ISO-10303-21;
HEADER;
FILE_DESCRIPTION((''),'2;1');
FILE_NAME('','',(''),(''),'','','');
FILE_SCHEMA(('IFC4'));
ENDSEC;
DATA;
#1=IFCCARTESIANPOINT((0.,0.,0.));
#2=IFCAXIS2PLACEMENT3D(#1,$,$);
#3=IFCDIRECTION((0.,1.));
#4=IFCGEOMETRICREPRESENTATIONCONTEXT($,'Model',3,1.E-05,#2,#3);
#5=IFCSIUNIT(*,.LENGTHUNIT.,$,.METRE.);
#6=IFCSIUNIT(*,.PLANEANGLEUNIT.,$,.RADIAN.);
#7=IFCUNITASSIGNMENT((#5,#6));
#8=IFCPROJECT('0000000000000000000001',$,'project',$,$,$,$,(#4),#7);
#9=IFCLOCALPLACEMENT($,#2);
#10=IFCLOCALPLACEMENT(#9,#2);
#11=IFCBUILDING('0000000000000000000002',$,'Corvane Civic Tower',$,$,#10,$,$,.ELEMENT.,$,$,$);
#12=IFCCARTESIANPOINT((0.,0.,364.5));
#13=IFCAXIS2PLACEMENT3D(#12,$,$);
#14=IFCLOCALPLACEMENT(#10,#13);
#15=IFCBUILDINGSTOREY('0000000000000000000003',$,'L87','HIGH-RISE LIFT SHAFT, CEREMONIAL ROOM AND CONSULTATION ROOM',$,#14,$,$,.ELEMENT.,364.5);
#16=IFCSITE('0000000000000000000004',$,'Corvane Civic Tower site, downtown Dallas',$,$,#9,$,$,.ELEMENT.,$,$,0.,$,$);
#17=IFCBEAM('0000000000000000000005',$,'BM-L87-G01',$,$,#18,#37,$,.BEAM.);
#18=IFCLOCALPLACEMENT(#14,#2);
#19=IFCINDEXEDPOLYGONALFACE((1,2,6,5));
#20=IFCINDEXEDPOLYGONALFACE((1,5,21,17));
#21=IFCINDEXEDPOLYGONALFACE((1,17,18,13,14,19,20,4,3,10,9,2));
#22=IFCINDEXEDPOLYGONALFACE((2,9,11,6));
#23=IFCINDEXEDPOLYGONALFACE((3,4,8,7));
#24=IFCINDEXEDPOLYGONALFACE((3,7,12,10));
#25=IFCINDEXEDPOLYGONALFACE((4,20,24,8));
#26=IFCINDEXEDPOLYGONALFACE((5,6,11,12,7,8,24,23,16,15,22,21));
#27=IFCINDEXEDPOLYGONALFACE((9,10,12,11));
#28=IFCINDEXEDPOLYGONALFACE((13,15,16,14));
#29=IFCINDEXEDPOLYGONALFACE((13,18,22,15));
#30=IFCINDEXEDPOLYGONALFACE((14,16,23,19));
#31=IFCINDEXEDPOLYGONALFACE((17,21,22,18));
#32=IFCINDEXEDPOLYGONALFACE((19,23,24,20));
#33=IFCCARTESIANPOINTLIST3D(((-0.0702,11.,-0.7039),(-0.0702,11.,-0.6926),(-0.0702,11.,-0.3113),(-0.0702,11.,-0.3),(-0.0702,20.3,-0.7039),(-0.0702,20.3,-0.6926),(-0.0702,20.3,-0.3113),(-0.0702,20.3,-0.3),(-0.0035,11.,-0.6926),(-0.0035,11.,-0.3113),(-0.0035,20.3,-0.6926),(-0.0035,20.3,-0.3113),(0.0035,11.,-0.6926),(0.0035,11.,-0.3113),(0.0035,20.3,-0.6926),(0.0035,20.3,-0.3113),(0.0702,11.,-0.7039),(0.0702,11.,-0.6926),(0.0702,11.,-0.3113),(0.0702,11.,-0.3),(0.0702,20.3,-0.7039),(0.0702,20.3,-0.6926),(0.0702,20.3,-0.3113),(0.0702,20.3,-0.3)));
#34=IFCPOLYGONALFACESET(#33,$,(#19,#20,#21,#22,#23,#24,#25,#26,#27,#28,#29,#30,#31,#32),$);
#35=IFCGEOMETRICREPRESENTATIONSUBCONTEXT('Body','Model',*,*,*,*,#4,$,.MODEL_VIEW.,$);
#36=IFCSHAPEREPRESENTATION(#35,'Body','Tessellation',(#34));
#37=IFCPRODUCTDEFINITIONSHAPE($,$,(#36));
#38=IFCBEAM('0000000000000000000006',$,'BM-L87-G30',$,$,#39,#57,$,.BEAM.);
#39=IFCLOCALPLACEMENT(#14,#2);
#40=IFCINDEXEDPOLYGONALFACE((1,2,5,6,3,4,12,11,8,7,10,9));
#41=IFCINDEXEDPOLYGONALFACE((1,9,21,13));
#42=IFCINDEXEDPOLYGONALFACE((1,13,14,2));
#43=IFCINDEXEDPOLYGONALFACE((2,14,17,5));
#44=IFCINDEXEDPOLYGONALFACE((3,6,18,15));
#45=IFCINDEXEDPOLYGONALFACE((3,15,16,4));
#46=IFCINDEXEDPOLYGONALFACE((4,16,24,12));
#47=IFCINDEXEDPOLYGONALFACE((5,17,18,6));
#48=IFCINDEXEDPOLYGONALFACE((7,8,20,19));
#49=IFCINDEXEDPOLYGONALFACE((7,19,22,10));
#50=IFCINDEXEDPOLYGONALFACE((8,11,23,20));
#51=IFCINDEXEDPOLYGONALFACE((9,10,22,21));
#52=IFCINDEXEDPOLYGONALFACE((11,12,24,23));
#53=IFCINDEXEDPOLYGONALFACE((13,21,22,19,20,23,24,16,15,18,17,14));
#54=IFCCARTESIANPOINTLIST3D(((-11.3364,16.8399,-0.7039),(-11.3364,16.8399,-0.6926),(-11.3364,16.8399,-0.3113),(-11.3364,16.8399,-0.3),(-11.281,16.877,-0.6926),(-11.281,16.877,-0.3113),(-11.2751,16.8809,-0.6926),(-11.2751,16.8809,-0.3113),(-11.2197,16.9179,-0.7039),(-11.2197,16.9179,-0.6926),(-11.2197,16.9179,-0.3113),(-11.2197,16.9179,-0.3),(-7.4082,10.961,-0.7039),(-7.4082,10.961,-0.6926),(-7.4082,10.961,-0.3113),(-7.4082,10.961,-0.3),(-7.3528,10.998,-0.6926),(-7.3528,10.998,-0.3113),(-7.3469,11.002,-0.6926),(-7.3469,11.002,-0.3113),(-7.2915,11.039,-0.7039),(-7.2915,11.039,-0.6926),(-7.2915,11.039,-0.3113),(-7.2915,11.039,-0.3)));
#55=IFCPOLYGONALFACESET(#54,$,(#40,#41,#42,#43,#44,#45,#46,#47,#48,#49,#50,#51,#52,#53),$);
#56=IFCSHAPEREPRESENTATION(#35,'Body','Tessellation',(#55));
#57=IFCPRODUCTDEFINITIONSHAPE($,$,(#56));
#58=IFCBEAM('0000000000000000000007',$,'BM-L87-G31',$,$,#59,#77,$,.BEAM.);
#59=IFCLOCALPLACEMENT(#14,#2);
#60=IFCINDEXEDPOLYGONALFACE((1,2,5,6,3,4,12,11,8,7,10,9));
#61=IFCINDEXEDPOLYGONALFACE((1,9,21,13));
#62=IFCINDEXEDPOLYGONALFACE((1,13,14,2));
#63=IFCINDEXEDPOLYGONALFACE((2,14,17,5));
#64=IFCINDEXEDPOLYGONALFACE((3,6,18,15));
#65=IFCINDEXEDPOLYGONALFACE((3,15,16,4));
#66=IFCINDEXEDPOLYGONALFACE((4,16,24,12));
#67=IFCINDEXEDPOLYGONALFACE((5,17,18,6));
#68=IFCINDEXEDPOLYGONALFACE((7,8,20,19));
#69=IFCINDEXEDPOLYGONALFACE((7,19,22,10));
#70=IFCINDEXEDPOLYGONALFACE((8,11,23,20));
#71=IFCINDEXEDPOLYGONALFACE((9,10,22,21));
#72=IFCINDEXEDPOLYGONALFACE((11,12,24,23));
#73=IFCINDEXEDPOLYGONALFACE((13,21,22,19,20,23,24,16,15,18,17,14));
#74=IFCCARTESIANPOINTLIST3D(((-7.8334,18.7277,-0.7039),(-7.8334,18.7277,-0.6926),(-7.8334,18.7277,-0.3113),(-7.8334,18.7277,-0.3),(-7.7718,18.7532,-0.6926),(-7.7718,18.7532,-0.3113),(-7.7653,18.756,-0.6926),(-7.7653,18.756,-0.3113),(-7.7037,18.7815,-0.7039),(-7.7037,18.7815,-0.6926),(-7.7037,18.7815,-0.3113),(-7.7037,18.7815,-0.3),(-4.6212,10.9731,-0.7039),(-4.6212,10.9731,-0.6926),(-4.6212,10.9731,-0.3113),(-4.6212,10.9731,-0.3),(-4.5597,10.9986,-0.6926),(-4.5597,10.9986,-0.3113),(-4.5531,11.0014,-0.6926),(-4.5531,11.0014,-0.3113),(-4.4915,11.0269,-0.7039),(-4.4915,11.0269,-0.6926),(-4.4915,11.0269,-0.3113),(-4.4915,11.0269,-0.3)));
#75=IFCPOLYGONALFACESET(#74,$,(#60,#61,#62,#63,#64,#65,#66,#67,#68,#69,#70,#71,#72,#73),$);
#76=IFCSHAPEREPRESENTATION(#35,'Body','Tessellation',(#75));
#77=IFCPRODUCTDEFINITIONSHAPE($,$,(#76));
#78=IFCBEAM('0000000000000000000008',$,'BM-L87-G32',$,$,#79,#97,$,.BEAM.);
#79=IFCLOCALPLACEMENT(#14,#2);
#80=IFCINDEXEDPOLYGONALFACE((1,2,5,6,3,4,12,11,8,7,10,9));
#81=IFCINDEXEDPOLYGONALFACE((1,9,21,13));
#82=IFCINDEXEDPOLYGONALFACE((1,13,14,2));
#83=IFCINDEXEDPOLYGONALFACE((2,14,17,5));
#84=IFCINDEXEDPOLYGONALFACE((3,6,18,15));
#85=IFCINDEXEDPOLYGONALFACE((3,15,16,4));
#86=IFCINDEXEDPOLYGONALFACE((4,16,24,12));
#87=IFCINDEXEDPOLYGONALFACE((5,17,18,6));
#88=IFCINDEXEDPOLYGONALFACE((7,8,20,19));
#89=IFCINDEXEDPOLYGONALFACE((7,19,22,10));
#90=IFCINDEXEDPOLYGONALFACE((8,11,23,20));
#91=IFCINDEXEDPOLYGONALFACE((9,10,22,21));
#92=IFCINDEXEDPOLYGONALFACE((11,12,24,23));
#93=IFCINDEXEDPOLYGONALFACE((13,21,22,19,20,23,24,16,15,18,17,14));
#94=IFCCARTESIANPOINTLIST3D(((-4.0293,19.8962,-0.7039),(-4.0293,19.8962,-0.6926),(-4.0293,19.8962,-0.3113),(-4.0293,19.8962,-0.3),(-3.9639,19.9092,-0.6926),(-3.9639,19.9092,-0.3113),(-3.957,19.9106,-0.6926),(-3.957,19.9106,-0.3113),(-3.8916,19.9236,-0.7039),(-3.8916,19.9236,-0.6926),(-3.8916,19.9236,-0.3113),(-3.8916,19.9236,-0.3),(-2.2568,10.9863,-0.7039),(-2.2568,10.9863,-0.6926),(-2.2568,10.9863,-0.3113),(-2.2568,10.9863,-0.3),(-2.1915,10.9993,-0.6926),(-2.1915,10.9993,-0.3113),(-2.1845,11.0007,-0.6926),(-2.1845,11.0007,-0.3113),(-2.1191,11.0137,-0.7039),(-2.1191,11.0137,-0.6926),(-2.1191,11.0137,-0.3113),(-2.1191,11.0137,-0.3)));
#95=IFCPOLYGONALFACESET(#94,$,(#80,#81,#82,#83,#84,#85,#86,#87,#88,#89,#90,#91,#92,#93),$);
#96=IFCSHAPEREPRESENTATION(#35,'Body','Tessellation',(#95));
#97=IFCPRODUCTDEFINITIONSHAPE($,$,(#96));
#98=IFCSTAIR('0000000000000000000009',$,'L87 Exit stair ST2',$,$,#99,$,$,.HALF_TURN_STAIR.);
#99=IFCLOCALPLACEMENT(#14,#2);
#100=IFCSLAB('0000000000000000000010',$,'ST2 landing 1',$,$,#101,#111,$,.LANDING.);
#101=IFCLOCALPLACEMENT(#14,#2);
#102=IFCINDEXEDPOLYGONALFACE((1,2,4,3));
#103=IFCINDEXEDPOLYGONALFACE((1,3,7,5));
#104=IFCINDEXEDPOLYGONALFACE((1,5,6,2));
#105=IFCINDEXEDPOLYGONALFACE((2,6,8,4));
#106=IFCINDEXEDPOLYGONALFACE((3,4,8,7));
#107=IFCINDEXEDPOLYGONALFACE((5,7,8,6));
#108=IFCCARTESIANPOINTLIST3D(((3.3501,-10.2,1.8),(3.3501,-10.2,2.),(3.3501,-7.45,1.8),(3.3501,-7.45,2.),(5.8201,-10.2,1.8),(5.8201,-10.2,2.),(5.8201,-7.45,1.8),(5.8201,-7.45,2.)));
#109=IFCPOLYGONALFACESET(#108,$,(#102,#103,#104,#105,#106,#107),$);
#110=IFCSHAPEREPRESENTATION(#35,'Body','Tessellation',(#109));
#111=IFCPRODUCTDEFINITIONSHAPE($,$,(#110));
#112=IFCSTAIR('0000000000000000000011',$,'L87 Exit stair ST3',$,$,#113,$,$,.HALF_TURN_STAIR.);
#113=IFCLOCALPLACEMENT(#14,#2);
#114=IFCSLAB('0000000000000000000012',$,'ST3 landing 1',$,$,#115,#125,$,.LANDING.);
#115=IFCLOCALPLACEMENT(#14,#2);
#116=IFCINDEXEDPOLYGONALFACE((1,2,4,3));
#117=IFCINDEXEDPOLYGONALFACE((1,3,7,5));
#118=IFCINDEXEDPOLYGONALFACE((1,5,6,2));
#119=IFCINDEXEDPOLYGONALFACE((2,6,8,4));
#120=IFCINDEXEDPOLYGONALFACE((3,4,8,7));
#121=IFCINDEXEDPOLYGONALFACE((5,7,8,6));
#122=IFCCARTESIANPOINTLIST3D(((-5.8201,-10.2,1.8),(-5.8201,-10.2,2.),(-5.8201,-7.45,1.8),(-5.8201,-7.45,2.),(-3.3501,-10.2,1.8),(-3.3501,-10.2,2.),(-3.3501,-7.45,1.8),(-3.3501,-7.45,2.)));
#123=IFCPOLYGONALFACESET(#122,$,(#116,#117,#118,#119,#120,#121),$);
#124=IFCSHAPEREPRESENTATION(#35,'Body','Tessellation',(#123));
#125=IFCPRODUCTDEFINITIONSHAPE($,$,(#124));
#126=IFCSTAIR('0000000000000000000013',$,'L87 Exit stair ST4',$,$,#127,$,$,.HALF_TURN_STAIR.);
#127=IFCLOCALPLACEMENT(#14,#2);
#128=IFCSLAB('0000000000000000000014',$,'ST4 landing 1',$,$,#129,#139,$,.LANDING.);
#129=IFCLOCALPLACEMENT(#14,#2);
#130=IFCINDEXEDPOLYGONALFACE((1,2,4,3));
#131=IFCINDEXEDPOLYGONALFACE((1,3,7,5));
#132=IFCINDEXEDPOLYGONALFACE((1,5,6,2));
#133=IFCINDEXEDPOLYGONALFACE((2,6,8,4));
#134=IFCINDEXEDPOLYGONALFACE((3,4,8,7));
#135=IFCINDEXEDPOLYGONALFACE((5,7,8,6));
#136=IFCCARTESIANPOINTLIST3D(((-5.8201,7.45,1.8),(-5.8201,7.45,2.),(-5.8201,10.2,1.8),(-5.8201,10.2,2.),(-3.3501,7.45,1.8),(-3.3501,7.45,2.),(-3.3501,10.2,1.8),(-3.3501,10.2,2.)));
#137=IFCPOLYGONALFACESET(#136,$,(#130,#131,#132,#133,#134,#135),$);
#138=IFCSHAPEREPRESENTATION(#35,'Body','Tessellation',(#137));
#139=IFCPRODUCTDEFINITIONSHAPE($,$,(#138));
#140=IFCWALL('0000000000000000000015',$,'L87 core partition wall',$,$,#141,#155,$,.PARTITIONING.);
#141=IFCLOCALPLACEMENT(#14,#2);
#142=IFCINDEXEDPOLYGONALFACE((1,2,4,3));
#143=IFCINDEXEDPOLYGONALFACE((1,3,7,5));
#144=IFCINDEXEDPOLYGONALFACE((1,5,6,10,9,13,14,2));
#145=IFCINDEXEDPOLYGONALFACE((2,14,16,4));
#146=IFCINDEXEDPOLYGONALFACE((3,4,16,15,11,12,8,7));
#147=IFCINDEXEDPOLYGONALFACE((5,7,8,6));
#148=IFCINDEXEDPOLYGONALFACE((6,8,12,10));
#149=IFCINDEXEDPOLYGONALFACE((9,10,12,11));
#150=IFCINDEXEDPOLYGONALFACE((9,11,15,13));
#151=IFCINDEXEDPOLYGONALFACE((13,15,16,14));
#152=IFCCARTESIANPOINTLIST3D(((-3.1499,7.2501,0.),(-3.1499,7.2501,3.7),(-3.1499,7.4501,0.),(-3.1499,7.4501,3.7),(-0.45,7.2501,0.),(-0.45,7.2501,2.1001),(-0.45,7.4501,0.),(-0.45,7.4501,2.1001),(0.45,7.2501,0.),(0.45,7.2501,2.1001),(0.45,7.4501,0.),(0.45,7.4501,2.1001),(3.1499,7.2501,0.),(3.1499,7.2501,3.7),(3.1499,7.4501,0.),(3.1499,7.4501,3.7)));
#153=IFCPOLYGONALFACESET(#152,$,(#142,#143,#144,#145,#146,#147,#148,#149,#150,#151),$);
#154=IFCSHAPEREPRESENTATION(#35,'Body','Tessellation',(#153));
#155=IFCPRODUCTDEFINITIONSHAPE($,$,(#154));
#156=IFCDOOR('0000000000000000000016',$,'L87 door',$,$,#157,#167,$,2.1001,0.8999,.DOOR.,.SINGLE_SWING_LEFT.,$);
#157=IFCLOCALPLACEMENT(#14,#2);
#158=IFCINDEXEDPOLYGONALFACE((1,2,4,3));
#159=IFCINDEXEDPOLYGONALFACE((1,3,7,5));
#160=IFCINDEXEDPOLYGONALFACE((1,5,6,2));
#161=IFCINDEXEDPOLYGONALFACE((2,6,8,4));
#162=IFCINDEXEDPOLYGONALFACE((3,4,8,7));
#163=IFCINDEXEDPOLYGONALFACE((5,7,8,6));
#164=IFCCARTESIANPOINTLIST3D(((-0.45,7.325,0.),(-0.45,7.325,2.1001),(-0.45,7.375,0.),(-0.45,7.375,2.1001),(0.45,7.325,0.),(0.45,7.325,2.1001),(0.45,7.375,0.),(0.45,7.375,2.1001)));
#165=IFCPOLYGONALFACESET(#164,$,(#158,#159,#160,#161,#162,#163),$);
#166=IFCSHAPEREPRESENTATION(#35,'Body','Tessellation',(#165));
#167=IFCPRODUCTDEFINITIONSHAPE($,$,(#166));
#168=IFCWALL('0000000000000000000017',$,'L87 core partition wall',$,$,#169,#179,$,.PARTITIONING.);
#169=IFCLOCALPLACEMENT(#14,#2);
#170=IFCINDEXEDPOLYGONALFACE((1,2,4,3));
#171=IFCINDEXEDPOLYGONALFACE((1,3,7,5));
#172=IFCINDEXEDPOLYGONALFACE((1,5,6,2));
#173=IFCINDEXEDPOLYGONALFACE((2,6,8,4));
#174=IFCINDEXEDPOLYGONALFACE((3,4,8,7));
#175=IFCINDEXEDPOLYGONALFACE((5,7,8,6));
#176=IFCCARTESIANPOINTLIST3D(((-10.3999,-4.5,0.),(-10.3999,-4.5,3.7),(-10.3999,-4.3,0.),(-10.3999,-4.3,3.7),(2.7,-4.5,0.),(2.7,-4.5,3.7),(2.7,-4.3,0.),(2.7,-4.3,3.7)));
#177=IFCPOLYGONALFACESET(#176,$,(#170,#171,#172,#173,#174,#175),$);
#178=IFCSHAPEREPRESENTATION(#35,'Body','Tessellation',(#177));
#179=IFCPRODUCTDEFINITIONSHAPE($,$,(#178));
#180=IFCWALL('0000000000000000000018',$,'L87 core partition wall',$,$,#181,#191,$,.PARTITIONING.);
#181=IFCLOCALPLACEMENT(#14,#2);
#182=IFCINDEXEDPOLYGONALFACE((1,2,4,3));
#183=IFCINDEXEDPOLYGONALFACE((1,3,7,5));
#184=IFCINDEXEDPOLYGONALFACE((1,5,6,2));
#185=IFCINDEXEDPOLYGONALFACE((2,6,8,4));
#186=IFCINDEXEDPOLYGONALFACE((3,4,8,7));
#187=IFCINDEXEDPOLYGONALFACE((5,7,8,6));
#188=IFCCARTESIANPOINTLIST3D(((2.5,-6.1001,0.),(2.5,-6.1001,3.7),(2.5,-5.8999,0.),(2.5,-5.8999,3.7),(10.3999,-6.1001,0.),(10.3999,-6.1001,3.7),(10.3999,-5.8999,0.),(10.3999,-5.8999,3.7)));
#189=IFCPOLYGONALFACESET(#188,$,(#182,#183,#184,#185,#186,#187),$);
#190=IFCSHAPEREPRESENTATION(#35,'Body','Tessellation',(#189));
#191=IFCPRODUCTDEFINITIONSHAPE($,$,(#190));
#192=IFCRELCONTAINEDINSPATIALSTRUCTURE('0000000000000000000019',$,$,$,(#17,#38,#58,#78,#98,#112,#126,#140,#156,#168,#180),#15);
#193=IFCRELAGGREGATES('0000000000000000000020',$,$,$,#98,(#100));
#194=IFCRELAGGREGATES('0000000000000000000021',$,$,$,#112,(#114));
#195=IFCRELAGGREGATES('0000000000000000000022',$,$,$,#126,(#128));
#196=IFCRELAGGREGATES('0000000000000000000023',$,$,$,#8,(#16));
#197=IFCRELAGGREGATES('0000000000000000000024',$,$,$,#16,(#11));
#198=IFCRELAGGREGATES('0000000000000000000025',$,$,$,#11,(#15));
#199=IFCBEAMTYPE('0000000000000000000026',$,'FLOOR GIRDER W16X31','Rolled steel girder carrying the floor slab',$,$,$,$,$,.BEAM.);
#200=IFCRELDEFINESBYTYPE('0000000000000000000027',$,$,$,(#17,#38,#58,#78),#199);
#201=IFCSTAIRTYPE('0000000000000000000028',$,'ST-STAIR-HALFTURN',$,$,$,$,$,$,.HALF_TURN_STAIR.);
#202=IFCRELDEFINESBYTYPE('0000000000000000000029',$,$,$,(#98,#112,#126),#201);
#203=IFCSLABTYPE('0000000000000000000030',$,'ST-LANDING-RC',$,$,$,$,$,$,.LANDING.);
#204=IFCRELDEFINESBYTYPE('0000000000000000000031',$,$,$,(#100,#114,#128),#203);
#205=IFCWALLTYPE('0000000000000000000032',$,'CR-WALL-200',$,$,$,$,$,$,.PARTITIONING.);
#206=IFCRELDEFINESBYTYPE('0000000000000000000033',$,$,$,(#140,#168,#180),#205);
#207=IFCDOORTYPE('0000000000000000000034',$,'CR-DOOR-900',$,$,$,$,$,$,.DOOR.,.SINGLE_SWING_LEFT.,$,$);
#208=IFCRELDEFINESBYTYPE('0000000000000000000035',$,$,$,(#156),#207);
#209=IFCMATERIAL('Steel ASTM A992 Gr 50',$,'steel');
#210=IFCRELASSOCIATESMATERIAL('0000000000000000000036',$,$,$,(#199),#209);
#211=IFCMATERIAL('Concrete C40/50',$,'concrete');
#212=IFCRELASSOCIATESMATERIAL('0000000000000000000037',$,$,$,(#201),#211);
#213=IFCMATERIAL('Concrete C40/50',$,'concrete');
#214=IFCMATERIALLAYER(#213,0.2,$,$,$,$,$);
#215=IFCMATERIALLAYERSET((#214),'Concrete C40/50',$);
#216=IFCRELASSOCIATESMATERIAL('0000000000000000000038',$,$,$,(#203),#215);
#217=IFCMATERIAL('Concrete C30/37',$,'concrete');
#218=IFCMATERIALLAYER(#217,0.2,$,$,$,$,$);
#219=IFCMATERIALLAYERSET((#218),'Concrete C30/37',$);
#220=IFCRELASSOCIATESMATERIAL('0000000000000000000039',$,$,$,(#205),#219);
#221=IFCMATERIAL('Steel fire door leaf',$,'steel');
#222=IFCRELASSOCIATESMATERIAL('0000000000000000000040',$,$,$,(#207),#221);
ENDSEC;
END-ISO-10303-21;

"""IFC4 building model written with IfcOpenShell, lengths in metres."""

from ifc_helpers import new_model, si_unit, direction, frame, frame_2d, origin, origin_2d, place, context, subcontext, project, spatial, polyline, rectangle, i_section, outline, extrude, material, layer, layer_set, material_profile, profile_set, type_object, element, fill, aggregate, save


model = new_model("IFC4")

# Units and contexts
model_context = context("Model", 3, precision=1e-05, world=origin(), true_north=direction((0.0, 1.0)))
body_context = subcontext(model_context, "Body", "Model", "MODEL_VIEW")
ifc_project = project(units=[si_unit("LENGTHUNIT", "METRE"), si_unit("PLANEANGLEUNIT", "RADIAN")], contexts=[model_context])

# Site, building, storey
site_placement = place(None, origin())
site = spatial("IfcSite", under=ifc_project, at=site_placement, Name="Corvane Civic Tower site, downtown Dallas", CompositionType="ELEMENT", RefElevation=0.0)
building_placement = place(site_placement, origin())
building = spatial("IfcBuilding", under=site, at=building_placement, Name="Corvane Civic Tower", CompositionType="ELEMENT")
storey_placement = place(building_placement, frame((0.0, 0.0, 364.5)))
storey = spatial("IfcBuildingStorey", under=building, at=storey_placement, Name="L87", Description="HIGH-RISE LIFT SHAFT, CEREMONIAL ROOM AND CONSULTATION ROOM", CompositionType="ELEMENT", Elevation=364.5)

# Beams
ifc_material_1 = material(Name="Steel ASTM A992 Gr 50", Category="steel")
ifc_material_profile = material_profile(ifc_material_1, i_section(OverallWidth=0.1404, OverallDepth=0.4038, WebThickness=0.0071, FlangeThickness=0.0112, at=origin_2d()), Name="W16X31")
ifc_profile_set = profile_set([ifc_material_profile], Name="Steel ASTM A992 Gr 50")
beam_type = type_object("IfcBeamType", Name="FLOOR GIRDER W16X31", Description="Rolled steel girder carrying the floor slab", PredefinedType="BEAM", material=ifc_profile_set)
beam_1_placement = place(storey_placement, frame((0.0, 11.0, -0.502), z_axis=(0.0, 1.0, 0.0), x_axis=(-1.0, 0.0, 0.0)))
element("IfcBeam", 1, at=beam_1_placement, inside=storey, type_object=beam_type, Name="BM-L87-G01", PredefinedType="BEAM", context=body_context, shape_type="SweptSolid", body=[
    extrude(i_section(OverallWidth=0.1404, OverallDepth=0.4038, WebThickness=0.0071, FlangeThickness=0.0112, at=origin_2d()), origin(), (0.0, 0.0, 1.0), 9.3),
])
beam_2_placement = place(storey_placement, frame((-7.3499, 11.0, -0.502), z_axis=(-0.555576, 0.831465, 0.0), x_axis=(-0.831465, -0.555576, 0.0)))
element("IfcBeam", 2, at=beam_2_placement, inside=storey, type_object=beam_type, Name="BM-L87-G30", PredefinedType="BEAM", context=body_context, shape_type="SweptSolid", body=[
    extrude(i_section(OverallWidth=0.1404, OverallDepth=0.4038, WebThickness=0.0071, FlangeThickness=0.0112, at=origin_2d()), origin(), (0.0, 0.0, 1.0), 7.0706),
])
beam_3_placement = place(storey_placement, frame((-4.5564, 11.0, -0.502), z_axis=(-0.382692, 0.923876, 0.0), x_axis=(-0.923876, -0.382692, 0.0)))
element("IfcBeam", 3, at=beam_3_placement, inside=storey, type_object=beam_type, Name="BM-L87-G31", PredefinedType="BEAM", context=body_context, shape_type="SweptSolid", body=[
    extrude(i_section(OverallWidth=0.1404, OverallDepth=0.4038, WebThickness=0.0071, FlangeThickness=0.0112, at=origin_2d()), origin(), (0.0, 0.0, 1.0), 8.3936),
])
beam_4_placement = place(storey_placement, frame((-2.188, 11.0, -0.502), z_axis=(-0.195108, 0.980782, 0.0), x_axis=(-0.980782, -0.195108, 0.0)))
element("IfcBeam", 4, at=beam_4_placement, inside=storey, type_object=beam_type, Name="BM-L87-G32", PredefinedType="BEAM", context=body_context, shape_type="SweptSolid", body=[
    extrude(i_section(OverallWidth=0.1404, OverallDepth=0.4038, WebThickness=0.0071, FlangeThickness=0.0112, at=origin_2d()), origin(), (0.0, 0.0, 1.0), 9.0845),
])

# Stairs, slabs
ifc_material_2 = material(Name="Concrete C40/50", Category="concrete")
stair_type = type_object("IfcStairType", Name="ST-STAIR-HALFTURN", PredefinedType="HALF_TURN_STAIR", material=ifc_material_2)
stair_1_placement = place(storey_placement, origin())
stair_1 = element("IfcStair", 5, at=stair_1_placement, inside=storey, type_object=stair_type, Name="L87 Exit stair ST2", PredefinedType="HALF_TURN_STAIR")
ifc_material_3 = material(Name="Concrete C40/50", Category="concrete")
ifc_layer_1 = layer(ifc_material_3, 0.2)
ifc_layer_set_1 = layer_set([ifc_layer_1], Name="Concrete C40/50")
slab_type = type_object("IfcSlabType", Name="ST-LANDING-RC", PredefinedType="LANDING", material=ifc_layer_set_1)
slab_1_placement = place(storey_placement, frame((0.0, 0.0, 1.8)))
slab_1 = element("IfcSlab", 6, at=slab_1_placement, type_object=slab_type, Name="ST2 landing 1", PredefinedType="LANDING", context=body_context, shape_type="SweptSolid", body=[
    extrude(outline(polyline([(5.8201, -7.45), (3.3501, -7.45), (3.3501, -10.2), (5.8201, -10.2), (5.8201, -7.45)])), origin(), (0.0, 0.0, 1.0), 0.2),
])
aggregate(stair_1, [slab_1])
stair_2_placement = place(storey_placement, origin())
stair_2 = element("IfcStair", 7, at=stair_2_placement, inside=storey, type_object=stair_type, Name="L87 Exit stair ST3", PredefinedType="HALF_TURN_STAIR")
slab_2_placement = place(storey_placement, frame((0.0, 0.0, 1.8)))
slab_2 = element("IfcSlab", 8, at=slab_2_placement, type_object=slab_type, Name="ST3 landing 1", PredefinedType="LANDING", context=body_context, shape_type="SweptSolid", body=[
    extrude(outline(polyline([(-5.8201, -10.2), (-3.3501, -10.2), (-3.3501, -7.45), (-5.8201, -7.45), (-5.8201, -10.2)])), origin(), (0.0, 0.0, 1.0), 0.2),
])
aggregate(stair_2, [slab_2])
stair_3_placement = place(storey_placement, origin())
stair_3 = element("IfcStair", 9, at=stair_3_placement, inside=storey, type_object=stair_type, Name="L87 Exit stair ST4", PredefinedType="HALF_TURN_STAIR")
slab_3_placement = place(storey_placement, frame((0.0, 0.0, 1.8)))
slab_3 = element("IfcSlab", 10, at=slab_3_placement, type_object=slab_type, Name="ST4 landing 1", PredefinedType="LANDING", context=body_context, shape_type="SweptSolid", body=[
    extrude(outline(polyline([(-5.8201, 7.45), (-3.3501, 7.45), (-3.3501, 10.2), (-5.8201, 10.2), (-5.8201, 7.45)])), origin(), (0.0, 0.0, 1.0), 0.2),
])

# Wall, opening, door
ifc_material_4 = material(Name="Concrete C30/37", Category="concrete")
ifc_layer_2 = layer(ifc_material_4, 0.2)
ifc_layer_set_2 = layer_set([ifc_layer_2], Name="Concrete C30/37")
wall_type_1 = type_object("IfcWallType", Name="CR-WALL-200", PredefinedType="PARTITIONING", material=ifc_layer_set_2)
wall_1_placement = place(storey_placement, frame((-3.1499, 7.3501, 0.0), z_axis=(0.0, 0.0, 1.0), x_axis=(1.0, 0.0, 0.0)))
wall_1 = element("IfcWall", 11, at=wall_1_placement, inside=storey, type_object=wall_type_1, Name="L87 core partition wall", PredefinedType="PARTITIONING", context=body_context, shape_type="SweptSolid", body=[
    extrude(rectangle(XDim=6.2998, YDim=0.2, at=frame_2d((3.1499, 0.0))), origin(), (0.0, 0.0, 1.0), 3.7),
])
opening_placement = place(wall_1_placement, frame((2.7, 0.0, 0.0)))
opening = element("IfcOpeningElement", 12, at=opening_placement, cuts=wall_1, PredefinedType="OPENING", context=body_context, shape_type="SweptSolid", body=[
    extrude(rectangle(XDim=0.8999, YDim=2.1001, at=frame_2d((0.45, 1.05))), frame((0.0, 0.1099, 0.0), z_axis=(0.0, -1.0, 0.0), x_axis=(1.0, 0.0, 0.0)), (0.0, 0.0, 1.0), 0.22),
])
ifc_material_5 = material(Name="Steel fire door leaf", Category="steel")
door_type = type_object("IfcDoorType", Name="CR-DOOR-900", OperationType="SINGLE_SWING_LEFT", PredefinedType="DOOR", material=ifc_material_5)
door_placement = place(opening_placement, origin())
door = element("IfcDoor", 13, at=door_placement, inside=storey, type_object=door_type, Name="L87 door", OperationType="SINGLE_SWING_LEFT", OverallHeight=2.1001, OverallWidth=0.8999, PredefinedType="DOOR", context=body_context, shape_type="SweptSolid", body=[
    extrude(rectangle(XDim=0.8999, YDim=2.1001, at=frame_2d((0.45, 1.05))), frame((0.0, 0.0249, 0.0), z_axis=(0.0, -1.0, 0.0), x_axis=(1.0, 0.0, 0.0)), (0.0, 0.0, 1.0), 0.05),
])
fill(opening, door)

# Walls
wall_2_placement = place(storey_placement, origin())
element("IfcWall", 14, at=wall_2_placement, inside=storey, type_object=wall_type_1, Name="L87 core partition wall", PredefinedType="PARTITIONING", context=body_context, shape_type="SweptSolid", body=[
    extrude(outline(polyline([(2.7, -4.3), (2.7, -4.5), (-10.3999, -4.5), (-10.3999, -4.3), (2.7, -4.3)])), origin(), (0.0, 0.0, 1.0), 3.7),
])
wall_3_placement = place(storey_placement, origin())
element("IfcWall", 15, at=wall_3_placement, inside=storey, type_object=wall_type_1, Name="L87 core partition wall", PredefinedType="PARTITIONING", context=body_context, shape_type="SweptSolid", body=[
    extrude(outline(polyline([(10.3999, -6.1001), (2.5, -6.1001), (2.5, -5.8999), (10.3999, -5.8999), (10.3999, -6.1001)])), origin(), (0.0, 0.0, 1.0), 3.7),
])

aggregate(stair_3, [slab_3])

save(model, "model.ifc")
